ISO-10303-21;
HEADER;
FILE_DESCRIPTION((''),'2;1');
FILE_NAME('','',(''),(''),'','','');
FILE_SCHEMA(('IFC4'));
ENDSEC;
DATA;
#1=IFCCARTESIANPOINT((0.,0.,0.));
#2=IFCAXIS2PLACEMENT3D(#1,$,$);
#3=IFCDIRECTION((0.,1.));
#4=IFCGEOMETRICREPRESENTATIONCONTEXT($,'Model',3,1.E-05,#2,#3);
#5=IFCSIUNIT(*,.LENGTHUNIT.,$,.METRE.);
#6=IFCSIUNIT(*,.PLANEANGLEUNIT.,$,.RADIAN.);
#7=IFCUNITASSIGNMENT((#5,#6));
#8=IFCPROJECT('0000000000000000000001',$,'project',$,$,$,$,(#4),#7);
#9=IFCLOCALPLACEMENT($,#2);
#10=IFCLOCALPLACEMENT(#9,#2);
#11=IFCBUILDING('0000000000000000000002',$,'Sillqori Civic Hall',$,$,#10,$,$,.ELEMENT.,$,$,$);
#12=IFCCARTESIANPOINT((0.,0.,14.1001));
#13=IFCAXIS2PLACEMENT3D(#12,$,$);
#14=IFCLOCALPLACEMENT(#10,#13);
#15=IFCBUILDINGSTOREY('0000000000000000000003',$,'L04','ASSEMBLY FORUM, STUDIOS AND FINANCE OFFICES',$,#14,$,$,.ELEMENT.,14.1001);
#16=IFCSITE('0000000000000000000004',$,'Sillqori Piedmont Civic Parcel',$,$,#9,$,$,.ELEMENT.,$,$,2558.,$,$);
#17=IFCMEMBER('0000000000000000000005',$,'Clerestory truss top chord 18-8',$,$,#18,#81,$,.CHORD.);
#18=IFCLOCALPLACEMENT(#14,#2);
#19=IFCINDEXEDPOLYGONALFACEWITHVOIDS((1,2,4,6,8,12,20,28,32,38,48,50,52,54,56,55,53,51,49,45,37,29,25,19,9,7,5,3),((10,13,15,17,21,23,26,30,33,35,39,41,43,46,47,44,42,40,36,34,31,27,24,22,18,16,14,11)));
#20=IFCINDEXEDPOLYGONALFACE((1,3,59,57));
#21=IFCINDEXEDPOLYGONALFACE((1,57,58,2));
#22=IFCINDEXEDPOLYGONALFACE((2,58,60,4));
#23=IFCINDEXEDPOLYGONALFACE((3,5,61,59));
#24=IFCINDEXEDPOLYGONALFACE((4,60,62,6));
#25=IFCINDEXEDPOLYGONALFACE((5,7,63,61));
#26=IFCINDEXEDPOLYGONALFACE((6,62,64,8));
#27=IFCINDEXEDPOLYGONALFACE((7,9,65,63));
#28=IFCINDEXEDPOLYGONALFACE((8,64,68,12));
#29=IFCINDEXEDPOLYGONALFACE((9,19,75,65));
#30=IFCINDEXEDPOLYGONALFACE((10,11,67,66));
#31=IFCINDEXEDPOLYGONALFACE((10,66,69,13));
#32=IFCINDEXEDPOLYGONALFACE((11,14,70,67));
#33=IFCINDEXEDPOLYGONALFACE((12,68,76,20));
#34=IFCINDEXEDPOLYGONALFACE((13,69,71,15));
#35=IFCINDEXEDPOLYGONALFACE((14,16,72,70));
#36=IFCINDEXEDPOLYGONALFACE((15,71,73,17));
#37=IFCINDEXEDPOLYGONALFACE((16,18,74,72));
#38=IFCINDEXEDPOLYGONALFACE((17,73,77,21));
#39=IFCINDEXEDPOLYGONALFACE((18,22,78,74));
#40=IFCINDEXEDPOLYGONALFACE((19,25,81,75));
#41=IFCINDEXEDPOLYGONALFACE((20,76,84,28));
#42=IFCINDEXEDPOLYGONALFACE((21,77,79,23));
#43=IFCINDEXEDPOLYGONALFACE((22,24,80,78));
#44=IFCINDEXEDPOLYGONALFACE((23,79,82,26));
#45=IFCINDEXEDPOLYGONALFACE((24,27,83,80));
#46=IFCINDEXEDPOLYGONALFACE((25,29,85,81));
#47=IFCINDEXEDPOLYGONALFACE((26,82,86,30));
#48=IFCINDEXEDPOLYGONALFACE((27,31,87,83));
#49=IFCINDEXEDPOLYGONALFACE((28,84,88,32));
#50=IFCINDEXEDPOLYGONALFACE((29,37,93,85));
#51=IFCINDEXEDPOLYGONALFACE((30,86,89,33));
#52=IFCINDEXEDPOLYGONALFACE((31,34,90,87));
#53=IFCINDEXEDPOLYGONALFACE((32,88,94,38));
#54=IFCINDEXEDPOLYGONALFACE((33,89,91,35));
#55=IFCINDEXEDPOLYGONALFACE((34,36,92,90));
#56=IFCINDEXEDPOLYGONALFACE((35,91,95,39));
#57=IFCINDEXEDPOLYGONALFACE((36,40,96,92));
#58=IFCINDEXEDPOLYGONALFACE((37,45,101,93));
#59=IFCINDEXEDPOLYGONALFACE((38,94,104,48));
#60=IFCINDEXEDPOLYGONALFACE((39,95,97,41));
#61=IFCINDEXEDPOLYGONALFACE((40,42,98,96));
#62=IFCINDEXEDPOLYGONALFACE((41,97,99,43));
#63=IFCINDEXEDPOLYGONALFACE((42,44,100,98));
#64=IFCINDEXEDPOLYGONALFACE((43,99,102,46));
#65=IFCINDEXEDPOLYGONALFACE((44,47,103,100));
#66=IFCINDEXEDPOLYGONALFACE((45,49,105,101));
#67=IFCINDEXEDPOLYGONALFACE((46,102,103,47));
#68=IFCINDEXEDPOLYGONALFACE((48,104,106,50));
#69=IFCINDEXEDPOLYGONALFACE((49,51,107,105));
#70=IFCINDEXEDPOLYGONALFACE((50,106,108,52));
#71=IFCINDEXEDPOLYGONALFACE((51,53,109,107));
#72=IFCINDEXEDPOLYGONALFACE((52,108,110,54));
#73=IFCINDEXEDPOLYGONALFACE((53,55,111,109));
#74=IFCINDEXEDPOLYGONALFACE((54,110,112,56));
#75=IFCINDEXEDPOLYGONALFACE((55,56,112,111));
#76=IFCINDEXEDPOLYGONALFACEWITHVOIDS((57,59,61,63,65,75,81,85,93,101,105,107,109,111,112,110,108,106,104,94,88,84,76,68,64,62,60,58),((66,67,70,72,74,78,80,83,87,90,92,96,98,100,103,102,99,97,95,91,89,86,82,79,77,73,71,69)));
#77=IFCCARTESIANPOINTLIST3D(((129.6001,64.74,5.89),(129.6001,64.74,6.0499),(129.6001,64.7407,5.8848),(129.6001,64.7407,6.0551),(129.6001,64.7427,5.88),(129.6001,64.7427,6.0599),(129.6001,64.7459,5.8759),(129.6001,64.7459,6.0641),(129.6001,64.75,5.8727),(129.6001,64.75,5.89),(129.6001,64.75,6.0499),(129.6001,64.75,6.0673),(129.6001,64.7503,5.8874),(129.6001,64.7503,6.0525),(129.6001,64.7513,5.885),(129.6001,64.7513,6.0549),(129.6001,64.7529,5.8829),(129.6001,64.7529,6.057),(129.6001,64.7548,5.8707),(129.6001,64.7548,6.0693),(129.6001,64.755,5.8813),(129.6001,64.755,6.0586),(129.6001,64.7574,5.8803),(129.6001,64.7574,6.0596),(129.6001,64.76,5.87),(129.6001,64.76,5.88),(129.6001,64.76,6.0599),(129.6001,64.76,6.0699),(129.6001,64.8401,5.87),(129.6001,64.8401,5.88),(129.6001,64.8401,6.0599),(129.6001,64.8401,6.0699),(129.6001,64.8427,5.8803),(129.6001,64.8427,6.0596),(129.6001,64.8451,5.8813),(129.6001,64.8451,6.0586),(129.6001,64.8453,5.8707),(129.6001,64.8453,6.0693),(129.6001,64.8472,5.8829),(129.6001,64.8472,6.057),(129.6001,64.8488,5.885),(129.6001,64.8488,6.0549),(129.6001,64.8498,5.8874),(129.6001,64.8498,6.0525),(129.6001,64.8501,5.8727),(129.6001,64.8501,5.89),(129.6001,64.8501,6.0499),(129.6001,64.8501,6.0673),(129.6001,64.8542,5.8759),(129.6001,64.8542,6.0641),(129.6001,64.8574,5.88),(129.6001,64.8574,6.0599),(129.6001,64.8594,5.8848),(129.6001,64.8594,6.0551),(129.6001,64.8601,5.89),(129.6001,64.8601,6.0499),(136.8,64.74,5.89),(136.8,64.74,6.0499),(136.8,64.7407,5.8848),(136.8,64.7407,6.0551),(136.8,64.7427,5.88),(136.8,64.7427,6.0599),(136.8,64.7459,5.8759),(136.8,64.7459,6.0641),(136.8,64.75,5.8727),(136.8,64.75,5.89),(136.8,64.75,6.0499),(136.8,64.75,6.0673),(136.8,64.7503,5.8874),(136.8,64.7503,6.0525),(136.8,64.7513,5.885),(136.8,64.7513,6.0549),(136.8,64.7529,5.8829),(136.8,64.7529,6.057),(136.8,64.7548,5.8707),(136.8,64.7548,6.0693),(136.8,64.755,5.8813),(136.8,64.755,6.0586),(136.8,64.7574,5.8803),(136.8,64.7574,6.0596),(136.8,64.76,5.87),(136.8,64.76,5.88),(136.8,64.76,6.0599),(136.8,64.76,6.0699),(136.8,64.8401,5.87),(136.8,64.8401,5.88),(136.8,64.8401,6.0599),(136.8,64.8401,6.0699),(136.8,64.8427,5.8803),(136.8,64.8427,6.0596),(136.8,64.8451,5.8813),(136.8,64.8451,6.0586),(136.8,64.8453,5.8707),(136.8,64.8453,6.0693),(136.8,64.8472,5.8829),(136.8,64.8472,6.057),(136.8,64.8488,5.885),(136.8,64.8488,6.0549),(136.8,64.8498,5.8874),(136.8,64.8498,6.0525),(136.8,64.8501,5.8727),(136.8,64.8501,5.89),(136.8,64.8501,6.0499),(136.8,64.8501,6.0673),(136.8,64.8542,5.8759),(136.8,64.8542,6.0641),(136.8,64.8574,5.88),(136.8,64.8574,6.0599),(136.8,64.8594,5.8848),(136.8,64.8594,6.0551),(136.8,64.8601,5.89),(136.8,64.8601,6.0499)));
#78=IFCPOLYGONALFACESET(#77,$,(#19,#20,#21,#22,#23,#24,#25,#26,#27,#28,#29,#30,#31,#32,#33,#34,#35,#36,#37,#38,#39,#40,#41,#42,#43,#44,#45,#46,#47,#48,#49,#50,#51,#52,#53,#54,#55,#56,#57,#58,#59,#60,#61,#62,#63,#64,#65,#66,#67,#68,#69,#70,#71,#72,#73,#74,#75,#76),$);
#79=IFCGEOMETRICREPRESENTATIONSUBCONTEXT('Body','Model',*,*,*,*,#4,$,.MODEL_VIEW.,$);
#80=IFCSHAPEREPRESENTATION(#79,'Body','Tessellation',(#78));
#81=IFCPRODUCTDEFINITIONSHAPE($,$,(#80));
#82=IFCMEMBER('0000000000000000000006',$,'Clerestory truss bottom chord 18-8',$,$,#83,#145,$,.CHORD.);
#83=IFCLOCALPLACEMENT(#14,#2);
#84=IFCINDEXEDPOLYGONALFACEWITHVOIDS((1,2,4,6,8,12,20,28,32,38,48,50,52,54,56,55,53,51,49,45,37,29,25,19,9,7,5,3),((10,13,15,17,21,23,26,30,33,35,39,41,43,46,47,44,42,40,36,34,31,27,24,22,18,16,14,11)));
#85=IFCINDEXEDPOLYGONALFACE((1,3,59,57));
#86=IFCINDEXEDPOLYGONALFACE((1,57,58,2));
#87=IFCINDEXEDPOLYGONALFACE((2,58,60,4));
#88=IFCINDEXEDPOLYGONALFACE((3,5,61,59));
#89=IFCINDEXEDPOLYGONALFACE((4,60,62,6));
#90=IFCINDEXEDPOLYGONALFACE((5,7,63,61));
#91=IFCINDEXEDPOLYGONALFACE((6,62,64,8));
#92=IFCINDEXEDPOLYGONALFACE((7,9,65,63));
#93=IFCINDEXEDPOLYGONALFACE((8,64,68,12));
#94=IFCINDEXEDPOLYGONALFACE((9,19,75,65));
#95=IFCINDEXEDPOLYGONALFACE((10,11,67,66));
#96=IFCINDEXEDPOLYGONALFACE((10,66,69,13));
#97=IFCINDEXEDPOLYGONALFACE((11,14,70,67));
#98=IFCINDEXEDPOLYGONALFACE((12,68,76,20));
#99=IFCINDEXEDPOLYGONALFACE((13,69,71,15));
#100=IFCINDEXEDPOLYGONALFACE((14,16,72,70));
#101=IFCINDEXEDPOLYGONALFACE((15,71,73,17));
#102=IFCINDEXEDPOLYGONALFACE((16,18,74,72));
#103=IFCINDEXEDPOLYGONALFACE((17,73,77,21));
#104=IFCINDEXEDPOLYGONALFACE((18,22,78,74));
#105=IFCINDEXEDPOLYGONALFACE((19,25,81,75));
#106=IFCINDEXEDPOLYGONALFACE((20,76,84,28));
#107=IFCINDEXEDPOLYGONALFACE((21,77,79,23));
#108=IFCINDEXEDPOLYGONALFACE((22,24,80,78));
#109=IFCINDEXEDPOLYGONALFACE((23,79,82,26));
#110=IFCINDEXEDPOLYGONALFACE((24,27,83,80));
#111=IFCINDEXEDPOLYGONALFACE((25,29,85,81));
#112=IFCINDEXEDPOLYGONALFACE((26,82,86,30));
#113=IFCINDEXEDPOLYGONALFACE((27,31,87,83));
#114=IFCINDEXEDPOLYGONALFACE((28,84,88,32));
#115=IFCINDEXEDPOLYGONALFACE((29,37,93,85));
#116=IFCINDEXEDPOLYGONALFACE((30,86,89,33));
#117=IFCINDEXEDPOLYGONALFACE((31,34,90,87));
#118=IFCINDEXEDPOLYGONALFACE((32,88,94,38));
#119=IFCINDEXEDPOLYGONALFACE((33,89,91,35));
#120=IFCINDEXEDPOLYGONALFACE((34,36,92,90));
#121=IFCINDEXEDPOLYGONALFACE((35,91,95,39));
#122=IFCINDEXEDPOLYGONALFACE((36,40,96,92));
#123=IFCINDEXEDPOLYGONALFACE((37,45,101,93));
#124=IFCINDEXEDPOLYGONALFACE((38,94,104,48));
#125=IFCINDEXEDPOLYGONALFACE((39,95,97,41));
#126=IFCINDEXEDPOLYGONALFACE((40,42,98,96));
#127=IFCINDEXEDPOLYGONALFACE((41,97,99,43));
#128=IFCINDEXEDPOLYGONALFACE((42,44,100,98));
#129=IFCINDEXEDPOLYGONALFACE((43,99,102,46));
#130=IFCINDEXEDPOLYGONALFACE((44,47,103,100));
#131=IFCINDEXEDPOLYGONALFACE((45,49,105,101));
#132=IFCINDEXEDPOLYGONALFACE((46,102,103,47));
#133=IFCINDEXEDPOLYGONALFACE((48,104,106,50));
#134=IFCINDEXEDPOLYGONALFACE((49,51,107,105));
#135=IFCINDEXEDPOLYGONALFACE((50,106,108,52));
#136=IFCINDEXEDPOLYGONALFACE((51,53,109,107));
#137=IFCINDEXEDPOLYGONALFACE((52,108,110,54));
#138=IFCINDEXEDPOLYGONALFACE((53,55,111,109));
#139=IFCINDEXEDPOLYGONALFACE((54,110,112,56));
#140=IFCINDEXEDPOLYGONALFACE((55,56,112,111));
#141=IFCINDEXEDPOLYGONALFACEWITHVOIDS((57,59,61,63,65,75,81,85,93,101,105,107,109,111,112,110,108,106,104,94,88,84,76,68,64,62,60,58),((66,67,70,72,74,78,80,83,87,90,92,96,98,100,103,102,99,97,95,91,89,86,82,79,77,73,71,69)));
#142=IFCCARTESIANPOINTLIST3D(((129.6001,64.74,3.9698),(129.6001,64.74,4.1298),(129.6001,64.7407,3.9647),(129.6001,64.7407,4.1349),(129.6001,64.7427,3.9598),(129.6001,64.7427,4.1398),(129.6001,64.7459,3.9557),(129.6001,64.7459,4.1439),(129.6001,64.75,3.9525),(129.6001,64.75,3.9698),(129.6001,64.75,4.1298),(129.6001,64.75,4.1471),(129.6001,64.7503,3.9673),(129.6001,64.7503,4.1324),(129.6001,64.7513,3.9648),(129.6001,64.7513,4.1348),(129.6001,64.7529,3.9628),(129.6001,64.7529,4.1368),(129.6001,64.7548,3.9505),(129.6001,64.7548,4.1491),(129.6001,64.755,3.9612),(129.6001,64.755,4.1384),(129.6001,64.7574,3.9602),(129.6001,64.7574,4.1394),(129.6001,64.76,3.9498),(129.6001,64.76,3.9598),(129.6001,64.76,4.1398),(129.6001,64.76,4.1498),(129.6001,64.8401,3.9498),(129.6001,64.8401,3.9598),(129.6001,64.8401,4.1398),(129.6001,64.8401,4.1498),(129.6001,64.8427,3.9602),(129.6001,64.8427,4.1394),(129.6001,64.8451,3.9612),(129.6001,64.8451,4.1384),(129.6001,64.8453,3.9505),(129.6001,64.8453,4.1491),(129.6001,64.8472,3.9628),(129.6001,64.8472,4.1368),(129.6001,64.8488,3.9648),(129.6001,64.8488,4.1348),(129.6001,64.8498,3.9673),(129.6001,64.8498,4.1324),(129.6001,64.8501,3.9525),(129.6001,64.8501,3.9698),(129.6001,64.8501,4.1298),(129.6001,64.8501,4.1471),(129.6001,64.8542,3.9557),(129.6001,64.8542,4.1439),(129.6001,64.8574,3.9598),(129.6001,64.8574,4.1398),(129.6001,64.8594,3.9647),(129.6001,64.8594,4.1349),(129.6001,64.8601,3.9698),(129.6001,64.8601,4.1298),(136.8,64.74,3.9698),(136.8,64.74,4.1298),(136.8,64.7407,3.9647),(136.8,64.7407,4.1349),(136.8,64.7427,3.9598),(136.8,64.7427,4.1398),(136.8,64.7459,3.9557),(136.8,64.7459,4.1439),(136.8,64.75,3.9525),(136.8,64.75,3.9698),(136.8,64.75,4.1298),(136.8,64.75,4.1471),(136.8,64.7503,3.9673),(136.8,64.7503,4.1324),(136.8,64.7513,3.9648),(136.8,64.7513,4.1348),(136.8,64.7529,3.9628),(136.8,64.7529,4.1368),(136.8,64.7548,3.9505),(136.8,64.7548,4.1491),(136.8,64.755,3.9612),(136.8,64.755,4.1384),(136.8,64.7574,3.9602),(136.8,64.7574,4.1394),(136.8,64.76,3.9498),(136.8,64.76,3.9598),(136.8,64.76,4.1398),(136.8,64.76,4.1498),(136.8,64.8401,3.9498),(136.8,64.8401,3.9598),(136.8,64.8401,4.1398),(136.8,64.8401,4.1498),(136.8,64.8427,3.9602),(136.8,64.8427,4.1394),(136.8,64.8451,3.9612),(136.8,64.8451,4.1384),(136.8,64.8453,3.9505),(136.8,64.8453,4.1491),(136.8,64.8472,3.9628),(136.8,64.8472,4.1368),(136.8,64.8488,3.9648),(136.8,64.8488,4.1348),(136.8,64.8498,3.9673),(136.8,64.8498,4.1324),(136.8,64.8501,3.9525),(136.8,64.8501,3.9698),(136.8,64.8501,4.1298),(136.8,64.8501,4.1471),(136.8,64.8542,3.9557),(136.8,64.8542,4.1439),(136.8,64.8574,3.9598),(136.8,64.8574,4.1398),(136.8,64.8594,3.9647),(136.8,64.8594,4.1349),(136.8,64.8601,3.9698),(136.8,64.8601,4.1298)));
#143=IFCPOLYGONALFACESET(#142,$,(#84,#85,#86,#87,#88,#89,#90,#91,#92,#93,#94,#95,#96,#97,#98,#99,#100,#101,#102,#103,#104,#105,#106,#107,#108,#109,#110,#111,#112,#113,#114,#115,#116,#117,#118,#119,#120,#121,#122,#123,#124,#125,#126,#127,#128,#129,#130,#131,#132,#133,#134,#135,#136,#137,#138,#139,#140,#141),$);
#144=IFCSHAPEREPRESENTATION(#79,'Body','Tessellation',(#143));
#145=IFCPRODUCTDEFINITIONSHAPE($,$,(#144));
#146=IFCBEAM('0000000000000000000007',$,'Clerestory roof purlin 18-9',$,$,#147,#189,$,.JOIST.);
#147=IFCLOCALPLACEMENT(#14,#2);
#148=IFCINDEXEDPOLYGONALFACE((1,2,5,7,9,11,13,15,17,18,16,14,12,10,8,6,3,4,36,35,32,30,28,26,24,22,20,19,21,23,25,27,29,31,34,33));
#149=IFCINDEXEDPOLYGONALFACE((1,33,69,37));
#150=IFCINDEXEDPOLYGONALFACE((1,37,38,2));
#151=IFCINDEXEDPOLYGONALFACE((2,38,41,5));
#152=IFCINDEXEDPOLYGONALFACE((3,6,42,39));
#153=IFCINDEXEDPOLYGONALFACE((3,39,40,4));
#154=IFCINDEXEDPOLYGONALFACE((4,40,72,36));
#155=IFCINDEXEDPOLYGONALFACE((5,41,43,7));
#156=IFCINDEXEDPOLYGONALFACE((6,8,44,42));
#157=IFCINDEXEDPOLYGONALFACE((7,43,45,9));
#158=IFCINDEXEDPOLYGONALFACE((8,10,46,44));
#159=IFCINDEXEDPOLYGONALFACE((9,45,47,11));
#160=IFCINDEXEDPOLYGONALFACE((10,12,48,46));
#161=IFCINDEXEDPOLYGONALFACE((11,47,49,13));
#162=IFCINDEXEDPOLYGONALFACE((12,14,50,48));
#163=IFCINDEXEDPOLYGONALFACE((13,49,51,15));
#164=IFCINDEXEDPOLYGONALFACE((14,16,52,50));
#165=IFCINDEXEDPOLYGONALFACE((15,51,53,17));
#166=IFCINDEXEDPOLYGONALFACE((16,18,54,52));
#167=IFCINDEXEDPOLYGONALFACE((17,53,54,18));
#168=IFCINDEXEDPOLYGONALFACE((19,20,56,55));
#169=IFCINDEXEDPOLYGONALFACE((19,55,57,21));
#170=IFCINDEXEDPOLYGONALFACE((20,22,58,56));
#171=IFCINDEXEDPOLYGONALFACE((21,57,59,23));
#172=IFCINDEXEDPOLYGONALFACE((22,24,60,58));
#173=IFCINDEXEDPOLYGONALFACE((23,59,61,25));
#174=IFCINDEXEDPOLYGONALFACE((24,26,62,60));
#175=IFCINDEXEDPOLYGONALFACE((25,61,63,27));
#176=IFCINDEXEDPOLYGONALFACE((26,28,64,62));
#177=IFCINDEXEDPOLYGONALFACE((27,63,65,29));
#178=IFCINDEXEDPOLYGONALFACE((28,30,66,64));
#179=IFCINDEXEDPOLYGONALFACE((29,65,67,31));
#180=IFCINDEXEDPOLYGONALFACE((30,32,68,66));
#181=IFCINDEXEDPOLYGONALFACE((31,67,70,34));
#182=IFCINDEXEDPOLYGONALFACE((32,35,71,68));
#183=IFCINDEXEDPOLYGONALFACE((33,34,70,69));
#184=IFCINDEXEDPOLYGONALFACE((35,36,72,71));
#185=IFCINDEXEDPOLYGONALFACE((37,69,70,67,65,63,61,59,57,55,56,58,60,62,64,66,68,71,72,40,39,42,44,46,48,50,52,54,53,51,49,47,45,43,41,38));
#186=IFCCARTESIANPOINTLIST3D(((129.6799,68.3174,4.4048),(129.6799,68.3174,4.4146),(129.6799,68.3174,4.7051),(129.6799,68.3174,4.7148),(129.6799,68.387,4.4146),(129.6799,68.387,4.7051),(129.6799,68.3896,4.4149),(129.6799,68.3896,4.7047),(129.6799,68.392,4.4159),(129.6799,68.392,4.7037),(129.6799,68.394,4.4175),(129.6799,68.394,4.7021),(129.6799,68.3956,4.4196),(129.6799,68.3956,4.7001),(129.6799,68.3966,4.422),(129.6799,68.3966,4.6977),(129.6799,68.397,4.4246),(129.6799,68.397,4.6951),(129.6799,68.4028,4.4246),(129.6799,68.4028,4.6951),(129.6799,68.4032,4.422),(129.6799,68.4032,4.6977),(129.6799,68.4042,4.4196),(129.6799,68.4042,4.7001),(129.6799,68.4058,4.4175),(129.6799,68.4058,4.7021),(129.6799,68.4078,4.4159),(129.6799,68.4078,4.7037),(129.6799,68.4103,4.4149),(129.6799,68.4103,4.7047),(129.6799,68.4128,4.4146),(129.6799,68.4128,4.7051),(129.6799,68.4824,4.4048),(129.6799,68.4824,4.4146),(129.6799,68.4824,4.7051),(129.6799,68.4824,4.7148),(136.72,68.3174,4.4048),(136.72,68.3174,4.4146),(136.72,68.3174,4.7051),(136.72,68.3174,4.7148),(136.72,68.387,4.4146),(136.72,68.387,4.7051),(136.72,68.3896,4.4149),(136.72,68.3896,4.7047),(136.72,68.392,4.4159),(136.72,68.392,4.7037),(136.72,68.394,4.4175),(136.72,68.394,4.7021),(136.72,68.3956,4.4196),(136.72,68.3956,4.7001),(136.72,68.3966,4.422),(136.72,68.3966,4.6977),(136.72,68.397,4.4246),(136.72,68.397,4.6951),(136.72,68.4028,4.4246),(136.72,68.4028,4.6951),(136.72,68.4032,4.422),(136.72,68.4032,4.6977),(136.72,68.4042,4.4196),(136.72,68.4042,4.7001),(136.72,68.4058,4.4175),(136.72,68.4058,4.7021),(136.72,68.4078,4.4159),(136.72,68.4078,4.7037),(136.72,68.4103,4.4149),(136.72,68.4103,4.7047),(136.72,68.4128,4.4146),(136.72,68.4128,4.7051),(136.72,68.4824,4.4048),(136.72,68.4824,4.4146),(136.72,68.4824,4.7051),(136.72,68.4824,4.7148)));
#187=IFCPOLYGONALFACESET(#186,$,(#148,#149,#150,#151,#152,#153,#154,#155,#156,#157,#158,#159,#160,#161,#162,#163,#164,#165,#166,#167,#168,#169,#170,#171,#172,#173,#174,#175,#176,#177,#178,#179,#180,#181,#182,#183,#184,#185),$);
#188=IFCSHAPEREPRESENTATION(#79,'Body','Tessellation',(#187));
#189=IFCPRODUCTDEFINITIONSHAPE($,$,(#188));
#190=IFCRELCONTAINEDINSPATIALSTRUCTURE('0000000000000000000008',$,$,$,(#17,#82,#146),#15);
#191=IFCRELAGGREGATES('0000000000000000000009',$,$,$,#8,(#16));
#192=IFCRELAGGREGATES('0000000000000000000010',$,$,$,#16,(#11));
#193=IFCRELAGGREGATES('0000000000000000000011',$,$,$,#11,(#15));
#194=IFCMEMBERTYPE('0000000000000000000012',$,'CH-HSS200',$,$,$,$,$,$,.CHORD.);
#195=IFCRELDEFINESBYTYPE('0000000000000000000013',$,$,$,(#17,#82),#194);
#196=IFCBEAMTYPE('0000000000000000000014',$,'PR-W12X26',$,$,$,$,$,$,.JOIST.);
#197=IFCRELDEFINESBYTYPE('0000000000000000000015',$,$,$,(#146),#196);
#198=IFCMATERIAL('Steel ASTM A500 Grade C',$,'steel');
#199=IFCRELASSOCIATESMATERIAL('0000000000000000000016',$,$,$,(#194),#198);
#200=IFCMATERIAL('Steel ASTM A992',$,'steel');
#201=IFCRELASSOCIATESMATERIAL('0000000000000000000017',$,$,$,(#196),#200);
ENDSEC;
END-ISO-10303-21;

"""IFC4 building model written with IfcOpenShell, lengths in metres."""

from ifc_helpers import new_model, si_unit, direction, frame, origin, origin_2d, place, context, subcontext, project, spatial, hollow_rectangle, i_section, extrude, material, material_profile, profile_set, type_object, element, save


model = new_model("IFC4")

# Units and contexts
model_context = context("Model", 3, precision=1e-05, world=origin(), true_north=direction((0.0, 1.0)))
body_context = subcontext(model_context, "Body", "Model", "MODEL_VIEW")
ifc_project = project(units=[si_unit("LENGTHUNIT", "METRE"), si_unit("PLANEANGLEUNIT", "RADIAN")], contexts=[model_context])

# Site, building, storey
site_placement = place(None, origin())
site = spatial("IfcSite", under=ifc_project, at=site_placement, Name="Sillqori Piedmont Civic Parcel", CompositionType="ELEMENT", RefElevation=2558.0)
building_placement = place(site_placement, origin())
building = spatial("IfcBuilding", under=site, at=building_placement, Name="Sillqori Civic Hall", CompositionType="ELEMENT")
storey_placement = place(building_placement, frame((0.0, 0.0, 14.1001)))
storey = spatial("IfcBuildingStorey", under=building, at=storey_placement, Name="L04", Description="ASSEMBLY FORUM, STUDIOS AND FINANCE OFFICES", CompositionType="ELEMENT", Elevation=14.1001)

# Shared definitions
ifc_material_1 = material(Name="Steel ASTM A992", Category="steel")

# Members
ifc_material_2 = material(Name="Steel ASTM A500 Grade C", Category="steel")
ifc_material_profile_1 = material_profile(ifc_material_2, hollow_rectangle(XDim=0.1201, YDim=0.2, WallThickness=0.01, InnerFilletRadius=0.01, OuterFilletRadius=0.02, at=origin_2d()), Name="HSS200X120X10")
ifc_profile_set_1 = profile_set([ifc_material_profile_1], Name="Steel ASTM A500 Grade C")
member_type_1 = type_object("IfcMemberType", Name="CH-HSS200", PredefinedType="CHORD", material=ifc_profile_set_1)
for number, where, z_axis, x_axis, name in (
    (1, (129.6001, 64.8, 5.97), (1.0, 0.0, 0.0), (0.0, 1.0, 0.0), "Clerestory truss top chord 18-8"),
    (2, (129.6001, 64.8, 4.0498), (1.0, 0.0, 0.0), (0.0, 1.0, 0.0), "Clerestory truss bottom chord 18-8"),
):
    element("IfcMember", number, at=place(storey_placement, frame(where, z_axis=z_axis, x_axis=x_axis)), inside=storey, type_object=member_type_1, Name=name, PredefinedType="CHORD", context=body_context, shape_type="SweptSolid", body=[
        extrude(hollow_rectangle(XDim=0.1201, YDim=0.2, WallThickness=0.01, InnerFilletRadius=0.01, OuterFilletRadius=0.02, at=origin_2d()), origin(), (0.0, 0.0, 1.0), 7.2),
    ])

# Beam
ifc_material_profile_2 = material_profile(ifc_material_1, i_section(OverallWidth=0.165, OverallDepth=0.3101, WebThickness=0.0059, FlangeThickness=0.0098, FilletRadius=0.01, at=origin_2d()), Name="W12X26")
ifc_profile_set_2 = profile_set([ifc_material_profile_2], Name="Steel ASTM A992")
beam_type_1 = type_object("IfcBeamType", Name="PR-W12X26", PredefinedType="JOIST", material=ifc_profile_set_2)
beam_placement = place(storey_placement, frame((129.6799, 68.3999, 4.5598), z_axis=(1.0, 0.0, 0.0), x_axis=(0.0, 1.0, 0.0)))
element("IfcBeam", 3, at=beam_placement, inside=storey, type_object=beam_type_1, Name="Clerestory roof purlin 18-9", PredefinedType="JOIST", context=body_context, shape_type="SweptSolid", body=[
    extrude(i_section(OverallWidth=0.165, OverallDepth=0.3101, WebThickness=0.0059, FlangeThickness=0.0098, FilletRadius=0.01, at=origin_2d()), origin(), (0.0, 0.0, 1.0), 7.04),
])

save(model, "model.ifc")
